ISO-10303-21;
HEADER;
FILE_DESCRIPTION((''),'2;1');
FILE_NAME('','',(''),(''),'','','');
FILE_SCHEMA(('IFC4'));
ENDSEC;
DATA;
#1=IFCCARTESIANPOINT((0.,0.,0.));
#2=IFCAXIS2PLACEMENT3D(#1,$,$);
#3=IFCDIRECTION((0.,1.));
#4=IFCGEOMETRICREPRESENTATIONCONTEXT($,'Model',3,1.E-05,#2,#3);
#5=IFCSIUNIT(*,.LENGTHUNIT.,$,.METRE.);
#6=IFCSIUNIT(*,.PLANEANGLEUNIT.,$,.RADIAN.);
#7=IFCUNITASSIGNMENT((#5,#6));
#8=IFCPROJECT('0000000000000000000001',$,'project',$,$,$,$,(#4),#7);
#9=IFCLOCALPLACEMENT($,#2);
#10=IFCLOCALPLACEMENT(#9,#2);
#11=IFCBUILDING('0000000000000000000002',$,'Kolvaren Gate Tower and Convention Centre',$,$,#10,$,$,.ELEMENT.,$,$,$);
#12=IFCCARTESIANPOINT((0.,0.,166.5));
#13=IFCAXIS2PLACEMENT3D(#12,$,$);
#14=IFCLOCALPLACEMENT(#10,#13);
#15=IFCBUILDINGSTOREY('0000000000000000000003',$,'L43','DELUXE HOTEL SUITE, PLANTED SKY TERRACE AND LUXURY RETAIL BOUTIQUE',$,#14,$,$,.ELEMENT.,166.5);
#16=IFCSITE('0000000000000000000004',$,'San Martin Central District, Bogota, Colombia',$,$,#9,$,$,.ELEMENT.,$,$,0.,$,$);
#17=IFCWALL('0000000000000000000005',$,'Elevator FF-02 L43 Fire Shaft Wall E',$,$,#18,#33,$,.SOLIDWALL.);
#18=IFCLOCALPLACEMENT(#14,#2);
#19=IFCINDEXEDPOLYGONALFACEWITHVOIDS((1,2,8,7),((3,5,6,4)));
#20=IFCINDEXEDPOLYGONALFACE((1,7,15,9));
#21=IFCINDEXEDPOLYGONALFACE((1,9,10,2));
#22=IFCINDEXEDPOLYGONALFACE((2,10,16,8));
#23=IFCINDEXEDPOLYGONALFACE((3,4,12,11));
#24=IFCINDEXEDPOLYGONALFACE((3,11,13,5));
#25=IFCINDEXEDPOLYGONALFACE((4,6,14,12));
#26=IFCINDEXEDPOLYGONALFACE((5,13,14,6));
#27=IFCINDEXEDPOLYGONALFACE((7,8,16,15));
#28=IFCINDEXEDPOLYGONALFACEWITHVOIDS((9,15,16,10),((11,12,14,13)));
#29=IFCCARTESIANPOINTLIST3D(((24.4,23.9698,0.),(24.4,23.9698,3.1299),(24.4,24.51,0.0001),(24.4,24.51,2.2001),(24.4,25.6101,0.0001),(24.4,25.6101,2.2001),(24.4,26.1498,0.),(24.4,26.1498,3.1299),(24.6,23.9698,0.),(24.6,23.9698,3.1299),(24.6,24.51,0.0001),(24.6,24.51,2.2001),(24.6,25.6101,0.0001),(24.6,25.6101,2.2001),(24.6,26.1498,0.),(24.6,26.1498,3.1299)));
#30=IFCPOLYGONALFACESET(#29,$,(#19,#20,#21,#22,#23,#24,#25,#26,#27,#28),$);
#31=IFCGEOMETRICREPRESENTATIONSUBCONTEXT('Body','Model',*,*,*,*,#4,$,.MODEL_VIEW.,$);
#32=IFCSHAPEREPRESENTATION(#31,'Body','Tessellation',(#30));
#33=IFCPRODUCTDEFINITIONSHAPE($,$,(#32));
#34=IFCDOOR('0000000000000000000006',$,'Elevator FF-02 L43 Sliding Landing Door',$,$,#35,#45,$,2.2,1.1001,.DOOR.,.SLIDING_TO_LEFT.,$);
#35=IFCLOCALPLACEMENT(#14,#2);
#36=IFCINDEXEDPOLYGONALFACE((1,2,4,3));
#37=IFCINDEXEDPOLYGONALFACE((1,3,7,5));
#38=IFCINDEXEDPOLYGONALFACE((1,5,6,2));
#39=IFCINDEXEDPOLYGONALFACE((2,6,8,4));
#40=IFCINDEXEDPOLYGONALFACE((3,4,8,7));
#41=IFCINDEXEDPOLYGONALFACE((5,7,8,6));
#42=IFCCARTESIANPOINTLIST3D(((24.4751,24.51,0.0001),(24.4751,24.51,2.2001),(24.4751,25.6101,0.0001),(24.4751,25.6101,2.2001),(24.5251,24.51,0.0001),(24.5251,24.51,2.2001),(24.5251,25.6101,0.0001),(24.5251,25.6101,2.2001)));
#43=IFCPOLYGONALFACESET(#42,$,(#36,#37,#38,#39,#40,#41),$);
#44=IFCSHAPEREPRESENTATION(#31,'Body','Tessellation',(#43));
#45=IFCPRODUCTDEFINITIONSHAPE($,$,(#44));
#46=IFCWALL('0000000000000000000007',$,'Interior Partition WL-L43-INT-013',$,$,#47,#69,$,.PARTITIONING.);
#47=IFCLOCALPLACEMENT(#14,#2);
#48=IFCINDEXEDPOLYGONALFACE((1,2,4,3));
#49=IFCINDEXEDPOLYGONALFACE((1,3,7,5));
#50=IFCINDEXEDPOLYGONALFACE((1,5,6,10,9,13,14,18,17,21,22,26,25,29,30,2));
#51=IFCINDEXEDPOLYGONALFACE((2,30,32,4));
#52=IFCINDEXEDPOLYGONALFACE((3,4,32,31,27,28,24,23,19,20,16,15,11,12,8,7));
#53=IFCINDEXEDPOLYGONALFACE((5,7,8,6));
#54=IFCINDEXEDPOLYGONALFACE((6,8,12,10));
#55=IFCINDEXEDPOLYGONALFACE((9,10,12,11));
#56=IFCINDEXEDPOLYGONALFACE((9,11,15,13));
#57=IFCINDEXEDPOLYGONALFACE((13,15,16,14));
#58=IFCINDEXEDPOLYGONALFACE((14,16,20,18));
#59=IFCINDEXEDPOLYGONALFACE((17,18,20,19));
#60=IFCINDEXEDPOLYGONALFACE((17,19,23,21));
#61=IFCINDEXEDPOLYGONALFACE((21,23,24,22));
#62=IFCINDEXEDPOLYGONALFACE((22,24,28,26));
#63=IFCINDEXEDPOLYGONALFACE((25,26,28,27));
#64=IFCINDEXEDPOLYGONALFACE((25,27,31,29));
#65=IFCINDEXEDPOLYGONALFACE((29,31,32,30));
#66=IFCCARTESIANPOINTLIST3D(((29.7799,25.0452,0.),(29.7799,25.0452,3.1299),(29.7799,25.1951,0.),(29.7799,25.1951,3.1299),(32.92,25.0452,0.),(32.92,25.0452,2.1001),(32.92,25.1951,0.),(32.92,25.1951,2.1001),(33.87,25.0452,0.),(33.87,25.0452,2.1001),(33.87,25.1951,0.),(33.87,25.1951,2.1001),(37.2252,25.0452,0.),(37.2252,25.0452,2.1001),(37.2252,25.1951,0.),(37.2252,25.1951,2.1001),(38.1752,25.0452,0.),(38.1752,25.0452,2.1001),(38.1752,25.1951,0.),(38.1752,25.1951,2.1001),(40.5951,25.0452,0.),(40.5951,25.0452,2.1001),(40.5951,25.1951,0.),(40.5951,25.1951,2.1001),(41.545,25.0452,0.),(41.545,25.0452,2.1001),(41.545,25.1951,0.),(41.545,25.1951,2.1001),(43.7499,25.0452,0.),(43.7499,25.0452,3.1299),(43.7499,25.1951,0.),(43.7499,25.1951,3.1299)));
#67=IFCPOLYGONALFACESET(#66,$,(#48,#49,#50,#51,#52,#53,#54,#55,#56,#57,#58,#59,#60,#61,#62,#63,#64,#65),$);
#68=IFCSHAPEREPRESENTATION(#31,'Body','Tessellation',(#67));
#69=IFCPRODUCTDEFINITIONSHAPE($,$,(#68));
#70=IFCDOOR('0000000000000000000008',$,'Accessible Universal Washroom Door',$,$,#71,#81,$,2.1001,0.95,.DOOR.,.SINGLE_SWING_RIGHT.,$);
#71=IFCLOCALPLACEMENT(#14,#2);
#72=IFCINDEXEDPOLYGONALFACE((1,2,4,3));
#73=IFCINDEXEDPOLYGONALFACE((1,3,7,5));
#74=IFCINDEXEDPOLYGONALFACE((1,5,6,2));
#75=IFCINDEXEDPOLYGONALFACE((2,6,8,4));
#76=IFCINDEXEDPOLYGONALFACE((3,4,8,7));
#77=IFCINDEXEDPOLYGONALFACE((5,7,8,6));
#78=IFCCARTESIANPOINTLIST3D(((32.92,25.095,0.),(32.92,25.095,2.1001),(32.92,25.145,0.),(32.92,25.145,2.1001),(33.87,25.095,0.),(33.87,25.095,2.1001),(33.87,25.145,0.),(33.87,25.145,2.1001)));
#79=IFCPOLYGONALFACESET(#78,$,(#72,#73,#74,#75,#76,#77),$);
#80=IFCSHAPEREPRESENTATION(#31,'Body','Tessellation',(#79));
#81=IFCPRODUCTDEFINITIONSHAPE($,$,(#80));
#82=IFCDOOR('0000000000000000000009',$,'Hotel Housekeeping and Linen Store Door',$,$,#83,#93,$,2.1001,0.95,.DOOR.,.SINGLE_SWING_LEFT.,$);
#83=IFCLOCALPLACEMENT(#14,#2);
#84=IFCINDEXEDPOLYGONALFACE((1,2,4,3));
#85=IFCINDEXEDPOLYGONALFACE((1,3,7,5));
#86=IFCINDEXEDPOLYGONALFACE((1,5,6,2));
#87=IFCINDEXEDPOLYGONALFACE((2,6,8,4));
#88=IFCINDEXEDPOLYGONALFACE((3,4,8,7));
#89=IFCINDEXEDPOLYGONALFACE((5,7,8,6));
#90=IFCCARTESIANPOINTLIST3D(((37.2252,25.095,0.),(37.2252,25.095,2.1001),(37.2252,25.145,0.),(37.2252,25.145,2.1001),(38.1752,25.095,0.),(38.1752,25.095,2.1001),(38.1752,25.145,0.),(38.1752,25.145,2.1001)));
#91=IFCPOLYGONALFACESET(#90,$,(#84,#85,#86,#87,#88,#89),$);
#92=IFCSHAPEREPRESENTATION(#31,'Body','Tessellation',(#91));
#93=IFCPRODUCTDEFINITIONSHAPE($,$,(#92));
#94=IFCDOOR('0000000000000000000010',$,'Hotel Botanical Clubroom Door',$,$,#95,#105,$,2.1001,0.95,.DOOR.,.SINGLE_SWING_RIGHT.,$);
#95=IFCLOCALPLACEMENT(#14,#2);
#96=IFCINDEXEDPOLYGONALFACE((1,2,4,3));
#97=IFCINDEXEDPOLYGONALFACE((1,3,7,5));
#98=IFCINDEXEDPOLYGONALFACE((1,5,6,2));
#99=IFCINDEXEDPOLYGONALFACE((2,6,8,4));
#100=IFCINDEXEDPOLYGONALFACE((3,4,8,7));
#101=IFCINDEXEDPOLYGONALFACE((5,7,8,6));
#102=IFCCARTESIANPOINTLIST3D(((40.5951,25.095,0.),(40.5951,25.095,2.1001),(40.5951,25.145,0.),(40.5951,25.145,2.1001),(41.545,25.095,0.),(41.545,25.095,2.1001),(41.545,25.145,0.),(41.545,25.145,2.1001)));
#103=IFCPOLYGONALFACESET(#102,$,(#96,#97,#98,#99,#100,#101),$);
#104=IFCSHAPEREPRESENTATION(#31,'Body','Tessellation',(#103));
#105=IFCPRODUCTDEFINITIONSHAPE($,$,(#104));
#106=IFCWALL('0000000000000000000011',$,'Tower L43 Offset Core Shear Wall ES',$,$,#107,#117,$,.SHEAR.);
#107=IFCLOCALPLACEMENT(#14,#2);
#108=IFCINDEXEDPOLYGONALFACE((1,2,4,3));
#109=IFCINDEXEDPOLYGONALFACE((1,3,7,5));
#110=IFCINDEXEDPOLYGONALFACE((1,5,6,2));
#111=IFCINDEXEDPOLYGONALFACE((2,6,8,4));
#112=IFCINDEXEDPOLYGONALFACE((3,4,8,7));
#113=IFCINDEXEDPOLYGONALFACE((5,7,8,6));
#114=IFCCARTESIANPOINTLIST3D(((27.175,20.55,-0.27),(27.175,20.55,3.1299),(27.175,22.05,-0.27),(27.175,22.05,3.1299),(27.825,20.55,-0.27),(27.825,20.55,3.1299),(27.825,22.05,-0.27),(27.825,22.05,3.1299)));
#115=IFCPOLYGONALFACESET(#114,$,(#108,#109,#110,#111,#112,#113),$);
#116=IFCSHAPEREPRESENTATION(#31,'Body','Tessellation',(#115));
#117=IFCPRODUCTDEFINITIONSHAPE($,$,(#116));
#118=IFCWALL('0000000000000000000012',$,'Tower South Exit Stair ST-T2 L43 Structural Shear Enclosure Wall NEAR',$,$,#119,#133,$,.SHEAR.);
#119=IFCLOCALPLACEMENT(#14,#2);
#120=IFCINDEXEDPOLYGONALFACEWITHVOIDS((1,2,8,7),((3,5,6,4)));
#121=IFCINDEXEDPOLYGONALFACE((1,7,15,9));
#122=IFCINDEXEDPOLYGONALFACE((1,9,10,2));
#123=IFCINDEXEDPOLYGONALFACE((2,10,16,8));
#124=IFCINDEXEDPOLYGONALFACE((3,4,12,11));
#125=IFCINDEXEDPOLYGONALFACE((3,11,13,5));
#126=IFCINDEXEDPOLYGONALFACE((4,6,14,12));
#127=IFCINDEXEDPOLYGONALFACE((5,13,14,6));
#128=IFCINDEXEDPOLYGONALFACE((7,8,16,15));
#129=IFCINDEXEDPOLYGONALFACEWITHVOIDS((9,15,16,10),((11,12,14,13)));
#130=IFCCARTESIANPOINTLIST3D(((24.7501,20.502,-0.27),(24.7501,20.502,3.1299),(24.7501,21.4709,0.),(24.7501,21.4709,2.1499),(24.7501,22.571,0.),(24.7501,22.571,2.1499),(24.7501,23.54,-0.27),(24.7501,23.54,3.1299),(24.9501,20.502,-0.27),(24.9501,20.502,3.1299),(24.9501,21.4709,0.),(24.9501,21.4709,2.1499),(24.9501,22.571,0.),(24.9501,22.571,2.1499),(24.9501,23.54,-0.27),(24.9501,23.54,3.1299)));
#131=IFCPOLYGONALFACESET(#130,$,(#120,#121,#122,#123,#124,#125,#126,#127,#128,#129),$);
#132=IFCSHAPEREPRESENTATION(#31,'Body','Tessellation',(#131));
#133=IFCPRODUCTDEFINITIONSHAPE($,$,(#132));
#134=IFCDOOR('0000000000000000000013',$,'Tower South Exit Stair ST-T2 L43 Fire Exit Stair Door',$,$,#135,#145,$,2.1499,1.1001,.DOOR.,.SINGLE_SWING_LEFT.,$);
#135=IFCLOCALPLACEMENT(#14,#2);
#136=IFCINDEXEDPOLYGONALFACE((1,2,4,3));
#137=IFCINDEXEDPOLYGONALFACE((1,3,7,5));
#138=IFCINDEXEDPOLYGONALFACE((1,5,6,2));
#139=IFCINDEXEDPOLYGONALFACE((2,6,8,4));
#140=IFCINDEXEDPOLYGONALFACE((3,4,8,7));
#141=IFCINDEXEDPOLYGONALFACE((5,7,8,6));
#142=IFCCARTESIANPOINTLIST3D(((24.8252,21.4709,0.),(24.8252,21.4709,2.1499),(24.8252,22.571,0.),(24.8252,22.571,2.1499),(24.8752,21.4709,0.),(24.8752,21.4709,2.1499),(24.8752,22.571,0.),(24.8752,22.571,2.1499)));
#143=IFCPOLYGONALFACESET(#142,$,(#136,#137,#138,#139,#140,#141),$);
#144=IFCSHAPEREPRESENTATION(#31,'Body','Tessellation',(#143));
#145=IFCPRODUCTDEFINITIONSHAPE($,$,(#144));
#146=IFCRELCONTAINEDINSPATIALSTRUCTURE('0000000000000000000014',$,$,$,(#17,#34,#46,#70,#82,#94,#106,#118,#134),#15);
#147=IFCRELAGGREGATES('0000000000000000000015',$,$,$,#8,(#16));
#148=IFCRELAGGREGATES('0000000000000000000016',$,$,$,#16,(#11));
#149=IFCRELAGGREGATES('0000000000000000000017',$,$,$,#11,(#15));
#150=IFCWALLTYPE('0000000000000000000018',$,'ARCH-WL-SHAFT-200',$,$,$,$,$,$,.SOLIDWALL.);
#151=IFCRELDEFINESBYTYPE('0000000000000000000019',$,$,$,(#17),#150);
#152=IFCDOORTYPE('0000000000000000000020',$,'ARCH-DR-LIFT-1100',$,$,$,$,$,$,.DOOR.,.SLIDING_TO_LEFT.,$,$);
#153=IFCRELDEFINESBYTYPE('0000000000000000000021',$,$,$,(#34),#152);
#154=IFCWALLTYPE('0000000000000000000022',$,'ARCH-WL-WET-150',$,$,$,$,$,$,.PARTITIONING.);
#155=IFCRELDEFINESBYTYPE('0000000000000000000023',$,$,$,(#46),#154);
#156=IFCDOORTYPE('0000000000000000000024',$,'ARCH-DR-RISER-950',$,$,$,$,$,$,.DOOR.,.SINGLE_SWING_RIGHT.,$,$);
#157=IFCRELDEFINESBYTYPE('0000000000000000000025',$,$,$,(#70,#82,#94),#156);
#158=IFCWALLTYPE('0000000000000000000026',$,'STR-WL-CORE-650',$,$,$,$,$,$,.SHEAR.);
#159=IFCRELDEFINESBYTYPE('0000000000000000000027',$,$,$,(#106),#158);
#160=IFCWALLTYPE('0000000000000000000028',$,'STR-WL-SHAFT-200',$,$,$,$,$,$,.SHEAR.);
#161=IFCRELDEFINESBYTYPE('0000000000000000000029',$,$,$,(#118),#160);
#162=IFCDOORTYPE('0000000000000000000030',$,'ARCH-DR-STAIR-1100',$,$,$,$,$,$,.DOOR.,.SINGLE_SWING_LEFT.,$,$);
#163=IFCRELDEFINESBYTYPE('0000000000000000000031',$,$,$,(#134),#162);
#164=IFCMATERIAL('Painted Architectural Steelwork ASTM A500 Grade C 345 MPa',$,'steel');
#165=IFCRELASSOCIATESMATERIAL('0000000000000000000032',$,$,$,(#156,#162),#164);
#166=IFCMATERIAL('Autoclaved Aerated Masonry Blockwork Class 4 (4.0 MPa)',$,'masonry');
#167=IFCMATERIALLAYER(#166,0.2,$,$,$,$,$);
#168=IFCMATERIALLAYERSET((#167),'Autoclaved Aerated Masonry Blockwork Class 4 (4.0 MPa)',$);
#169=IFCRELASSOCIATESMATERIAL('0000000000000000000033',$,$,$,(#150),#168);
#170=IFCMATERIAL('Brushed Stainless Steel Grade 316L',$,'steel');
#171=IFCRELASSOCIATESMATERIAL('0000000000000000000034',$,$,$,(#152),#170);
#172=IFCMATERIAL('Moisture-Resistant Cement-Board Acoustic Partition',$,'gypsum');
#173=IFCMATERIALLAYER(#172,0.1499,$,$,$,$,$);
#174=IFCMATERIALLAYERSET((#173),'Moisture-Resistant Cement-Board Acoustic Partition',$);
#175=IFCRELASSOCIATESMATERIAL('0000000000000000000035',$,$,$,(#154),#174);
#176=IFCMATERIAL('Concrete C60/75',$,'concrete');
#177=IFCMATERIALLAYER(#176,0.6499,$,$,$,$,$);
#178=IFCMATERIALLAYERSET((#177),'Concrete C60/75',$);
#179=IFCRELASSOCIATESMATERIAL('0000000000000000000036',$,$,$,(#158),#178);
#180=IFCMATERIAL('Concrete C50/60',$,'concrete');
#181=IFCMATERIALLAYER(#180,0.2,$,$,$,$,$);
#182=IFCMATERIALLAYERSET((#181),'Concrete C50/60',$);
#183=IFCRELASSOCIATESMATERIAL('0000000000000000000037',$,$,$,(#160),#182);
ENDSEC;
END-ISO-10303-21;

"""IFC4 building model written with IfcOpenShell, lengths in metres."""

from ifc_helpers import new_model, si_unit, direction, frame, frame_2d, origin, place, context, subcontext, project, spatial, rectangle, extrude, material, layer, layer_set, type_object, element, fill, save


model = new_model("IFC4")

# Units and contexts
model_context = context("Model", 3, precision=1e-05, world=origin(), true_north=direction((0.0, 1.0)))
body_context = subcontext(model_context, "Body", "Model", "MODEL_VIEW")
ifc_project = project(units=[si_unit("LENGTHUNIT", "METRE"), si_unit("PLANEANGLEUNIT", "RADIAN")], contexts=[model_context])

# Site, building, storey
site_placement = place(None, origin())
site = spatial("IfcSite", under=ifc_project, at=site_placement, Name="San Martin Central District, Bogota, Colombia", CompositionType="ELEMENT", RefElevation=0.0)
building_placement = place(site_placement, origin())
building = spatial("IfcBuilding", under=site, at=building_placement, Name="Kolvaren Gate Tower and Convention Centre", CompositionType="ELEMENT")
storey_placement = place(building_placement, frame((0.0, 0.0, 166.5)))
storey = spatial("IfcBuildingStorey", under=building, at=storey_placement, Name="L43", Description="DELUXE HOTEL SUITE, PLANTED SKY TERRACE AND LUXURY RETAIL BOUTIQUE", CompositionType="ELEMENT", Elevation=166.5)

# Shared definitions
ifc_material_1 = material(Name="Autoclaved Aerated Masonry Blockwork Class 4 (4.0 MPa)", Category="masonry")

# Shared definitions
ifc_material_2 = material(Name="Painted Architectural Steelwork ASTM A500 Grade C 345 MPa", Category="steel")
door_type_1 = type_object("IfcDoorType", Name="ARCH-DR-RISER-950", OperationType="SINGLE_SWING_RIGHT", PredefinedType="DOOR", material=ifc_material_2)

# Shared definitions
ifc_layer_1 = layer(ifc_material_1, 0.2)
ifc_layer_set_1 = layer_set([ifc_layer_1], Name="Autoclaved Aerated Masonry Blockwork Class 4 (4.0 MPa)")
wall_type_1 = type_object("IfcWallType", Name="ARCH-WL-SHAFT-200", PredefinedType="SOLIDWALL", material=ifc_layer_set_1)

# Wall, opening, door
wall_1_placement = place(storey_placement, frame((24.5, 23.97, 0.0), z_axis=(0.0, 0.0, 1.0), x_axis=(0.0, 1.0, 0.0)))
wall_1 = element("IfcWall", 1, at=wall_1_placement, inside=storey, type_object=wall_type_1, Name="Elevator FF-02 L43 Fire Shaft Wall E", PredefinedType="SOLIDWALL", context=body_context, shape_type="SweptSolid", body=[
    extrude(rectangle(XDim=2.1799, YDim=0.2, at=frame_2d((1.0898, 0.0))), origin(), (0.0, 0.0, 1.0), 3.1299),
])
opening_1_placement = place(wall_1_placement, frame((0.54, 0.0, 0.0)))
opening_1 = element("IfcOpeningElement", 2, at=opening_1_placement, cuts=wall_1, PredefinedType="OPENING", context=body_context, shape_type="SweptSolid", body=[
    extrude(rectangle(XDim=1.1001, YDim=2.2, at=frame_2d((0.55, 1.1001))), frame((0.0, 0.1099, 0.0), z_axis=(0.0, -1.0, 0.0), x_axis=(1.0, 0.0, 0.0)), (0.0, 0.0, 1.0), 0.22),
])
ifc_material_3 = material(Name="Brushed Stainless Steel Grade 316L", Category="steel")
door_type_2 = type_object("IfcDoorType", Name="ARCH-DR-LIFT-1100", OperationType="SLIDING_TO_LEFT", PredefinedType="DOOR", material=ifc_material_3)
door_1_placement = place(opening_1_placement, origin())
door_1 = element("IfcDoor", 3, at=door_1_placement, inside=storey, type_object=door_type_2, Name="Elevator FF-02 L43 Sliding Landing Door", OperationType="SLIDING_TO_LEFT", OverallHeight=2.2, OverallWidth=1.1001, PredefinedType="DOOR", context=body_context, shape_type="SweptSolid", body=[
    extrude(rectangle(XDim=1.1001, YDim=2.2, at=frame_2d((0.55, 1.1001))), frame((0.0, 0.0249, 0.0), z_axis=(0.0, -1.0, 0.0), x_axis=(1.0, 0.0, 0.0)), (0.0, 0.0, 1.0), 0.05),
])
fill(opening_1, door_1)

# Wall, openings, doors
ifc_material_4 = material(Name="Moisture-Resistant Cement-Board Acoustic Partition", Category="gypsum")
ifc_layer_2 = layer(ifc_material_4, 0.1499)
ifc_layer_set_2 = layer_set([ifc_layer_2], Name="Moisture-Resistant Cement-Board Acoustic Partition")
wall_type_2 = type_object("IfcWallType", Name="ARCH-WL-WET-150", PredefinedType="PARTITIONING", material=ifc_layer_set_2)
wall_2_placement = place(storey_placement, frame((29.78, 25.1201, 0.0), z_axis=(0.0, 0.0, 1.0), x_axis=(1.0, 0.0, 0.0)))
wall_2 = element("IfcWall", 4, at=wall_2_placement, inside=storey, type_object=wall_type_2, Name="Interior Partition WL-L43-INT-013", PredefinedType="PARTITIONING", context=body_context, shape_type="SweptSolid", body=[
    extrude(rectangle(XDim=13.97, YDim=0.1499, at=frame_2d((6.9849, 0.0))), origin(), (0.0, 0.0, 1.0), 3.1299),
])
opening_2_placement = place(wall_2_placement, frame((3.1399, 0.0, 0.0)))
opening_2 = element("IfcOpeningElement", 5, at=opening_2_placement, cuts=wall_2, PredefinedType="OPENING", context=body_context, shape_type="SweptSolid", body=[
    extrude(rectangle(XDim=0.95, YDim=2.1001, at=frame_2d((0.4751, 1.05))), frame((0.0, 0.085, 0.0), z_axis=(0.0, -1.0, 0.0), x_axis=(1.0, 0.0, 0.0)), (0.0, 0.0, 1.0), 0.1699),
])
opening_3_placement = place(wall_2_placement, frame((7.4451, 0.0, 0.0)))
opening_3 = element("IfcOpeningElement", 6, at=opening_3_placement, cuts=wall_2, PredefinedType="OPENING", context=body_context, shape_type="SweptSolid", body=[
    extrude(rectangle(XDim=0.95, YDim=2.1001, at=frame_2d((0.4751, 1.05))), frame((0.0, 0.085, 0.0), z_axis=(0.0, -1.0, 0.0), x_axis=(1.0, 0.0, 0.0)), (0.0, 0.0, 1.0), 0.1699),
])
opening_4_placement = place(wall_2_placement, frame((10.8149, 0.0, 0.0)))
opening_4 = element("IfcOpeningElement", 7, at=opening_4_placement, cuts=wall_2, PredefinedType="OPENING", context=body_context, shape_type="SweptSolid", body=[
    extrude(rectangle(XDim=0.95, YDim=2.1001, at=frame_2d((0.4751, 1.05))), frame((0.0, 0.085, 0.0), z_axis=(0.0, -1.0, 0.0), x_axis=(1.0, 0.0, 0.0)), (0.0, 0.0, 1.0), 0.1699),
])
door_2_placement = place(opening_2_placement, origin())
door_2 = element("IfcDoor", 8, at=door_2_placement, inside=storey, type_object=door_type_1, Name="Accessible Universal Washroom Door", OperationType="SINGLE_SWING_RIGHT", OverallHeight=2.1001, OverallWidth=0.95, PredefinedType="DOOR", context=body_context, shape_type="SweptSolid", body=[
    extrude(rectangle(XDim=0.95, YDim=2.1001, at=frame_2d((0.4751, 1.05))), frame((0.0, 0.0249, 0.0), z_axis=(0.0, -1.0, 0.0), x_axis=(1.0, 0.0, 0.0)), (0.0, 0.0, 1.0), 0.05),
])
fill(opening_2, door_2)
door_3_placement = place(opening_3_placement, origin())
door_3 = element("IfcDoor", 9, at=door_3_placement, inside=storey, type_object=door_type_1, Name="Hotel Housekeeping and Linen Store Door", OperationType="SINGLE_SWING_LEFT", OverallHeight=2.1001, OverallWidth=0.95, PredefinedType="DOOR", context=body_context, shape_type="SweptSolid", body=[
    extrude(rectangle(XDim=0.95, YDim=2.1001, at=frame_2d((0.4751, 1.05))), frame((0.0, 0.0249, 0.0), z_axis=(0.0, -1.0, 0.0), x_axis=(1.0, 0.0, 0.0)), (0.0, 0.0, 1.0), 0.05),
])
fill(opening_3, door_3)
door_4_placement = place(opening_4_placement, origin())
door_4 = element("IfcDoor", 10, at=door_4_placement, inside=storey, type_object=door_type_1, Name="Hotel Botanical Clubroom Door", OperationType="SINGLE_SWING_RIGHT", OverallHeight=2.1001, OverallWidth=0.95, PredefinedType="DOOR", context=body_context, shape_type="SweptSolid", body=[
    extrude(rectangle(XDim=0.95, YDim=2.1001, at=frame_2d((0.4751, 1.05))), frame((0.0, 0.0249, 0.0), z_axis=(0.0, -1.0, 0.0), x_axis=(1.0, 0.0, 0.0)), (0.0, 0.0, 1.0), 0.05),
])
fill(opening_4, door_4)

# Wall
ifc_material_5 = material(Name="Concrete C60/75", Category="concrete")
ifc_layer_3 = layer(ifc_material_5, 0.6499)
ifc_layer_set_3 = layer_set([ifc_layer_3], Name="Concrete C60/75")
wall_type_3 = type_object("IfcWallType", Name="STR-WL-CORE-650", PredefinedType="SHEAR", material=ifc_layer_set_3)
wall_3_placement = place(storey_placement, frame((27.5, 20.55, -0.27), z_axis=(0.0, 0.0, 1.0), x_axis=(0.0, 1.0, 0.0)))
element("IfcWall", 11, at=wall_3_placement, inside=storey, type_object=wall_type_3, Name="Tower L43 Offset Core Shear Wall ES", PredefinedType="SHEAR", context=body_context, shape_type="SweptSolid", body=[
    extrude(rectangle(XDim=1.5, YDim=0.6499, at=frame_2d((0.75, 0.0))), origin(), (0.0, 0.0, 1.0), 3.3999),
])

# Wall, opening, door
ifc_material_6 = material(Name="Concrete C50/60", Category="concrete")
ifc_layer_4 = layer(ifc_material_6, 0.2)
ifc_layer_set_4 = layer_set([ifc_layer_4], Name="Concrete C50/60")
wall_type_4 = type_object("IfcWallType", Name="STR-WL-SHAFT-200", PredefinedType="SHEAR", material=ifc_layer_set_4)
wall_4_placement = place(storey_placement, frame((24.8501, 20.502, -0.27), z_axis=(0.0, 0.0, 1.0), x_axis=(0.0, 1.0, 0.0)))
wall_4 = element("IfcWall", 12, at=wall_4_placement, inside=storey, type_object=wall_type_4, Name="Tower South Exit Stair ST-T2 L43 Structural Shear Enclosure Wall NEAR", PredefinedType="SHEAR", context=body_context, shape_type="SweptSolid", body=[
    extrude(rectangle(XDim=3.0381, YDim=0.2, at=frame_2d((1.519, 0.0))), origin(), (0.0, 0.0, 1.0), 3.3999),
])
opening_5_placement = place(wall_4_placement, frame((0.969, 0.0, 0.27)))
opening_5 = element("IfcOpeningElement", 13, at=opening_5_placement, cuts=wall_4, PredefinedType="OPENING", context=body_context, shape_type="SweptSolid", body=[
    extrude(rectangle(XDim=1.1001, YDim=2.1499, at=frame_2d((0.55, 1.075))), frame((0.0, 0.1099, 0.0), z_axis=(0.0, -1.0, 0.0), x_axis=(1.0, 0.0, 0.0)), (0.0, 0.0, 1.0), 0.22),
])
door_type_3 = type_object("IfcDoorType", Name="ARCH-DR-STAIR-1100", OperationType="SINGLE_SWING_LEFT", PredefinedType="DOOR", material=ifc_material_2)
door_5_placement = place(opening_5_placement, origin())
door_5 = element("IfcDoor", 14, at=door_5_placement, inside=storey, type_object=door_type_3, Name="Tower South Exit Stair ST-T2 L43 Fire Exit Stair Door", OperationType="SINGLE_SWING_LEFT", OverallHeight=2.1499, OverallWidth=1.1001, PredefinedType="DOOR", context=body_context, shape_type="SweptSolid", body=[
    extrude(rectangle(XDim=1.1001, YDim=2.1499, at=frame_2d((0.55, 1.075))), frame((0.0, 0.0249, 0.0), z_axis=(0.0, -1.0, 0.0), x_axis=(1.0, 0.0, 0.0)), (0.0, 0.0, 1.0), 0.05),
])
fill(opening_5, door_5)

save(model, "model.ifc")
